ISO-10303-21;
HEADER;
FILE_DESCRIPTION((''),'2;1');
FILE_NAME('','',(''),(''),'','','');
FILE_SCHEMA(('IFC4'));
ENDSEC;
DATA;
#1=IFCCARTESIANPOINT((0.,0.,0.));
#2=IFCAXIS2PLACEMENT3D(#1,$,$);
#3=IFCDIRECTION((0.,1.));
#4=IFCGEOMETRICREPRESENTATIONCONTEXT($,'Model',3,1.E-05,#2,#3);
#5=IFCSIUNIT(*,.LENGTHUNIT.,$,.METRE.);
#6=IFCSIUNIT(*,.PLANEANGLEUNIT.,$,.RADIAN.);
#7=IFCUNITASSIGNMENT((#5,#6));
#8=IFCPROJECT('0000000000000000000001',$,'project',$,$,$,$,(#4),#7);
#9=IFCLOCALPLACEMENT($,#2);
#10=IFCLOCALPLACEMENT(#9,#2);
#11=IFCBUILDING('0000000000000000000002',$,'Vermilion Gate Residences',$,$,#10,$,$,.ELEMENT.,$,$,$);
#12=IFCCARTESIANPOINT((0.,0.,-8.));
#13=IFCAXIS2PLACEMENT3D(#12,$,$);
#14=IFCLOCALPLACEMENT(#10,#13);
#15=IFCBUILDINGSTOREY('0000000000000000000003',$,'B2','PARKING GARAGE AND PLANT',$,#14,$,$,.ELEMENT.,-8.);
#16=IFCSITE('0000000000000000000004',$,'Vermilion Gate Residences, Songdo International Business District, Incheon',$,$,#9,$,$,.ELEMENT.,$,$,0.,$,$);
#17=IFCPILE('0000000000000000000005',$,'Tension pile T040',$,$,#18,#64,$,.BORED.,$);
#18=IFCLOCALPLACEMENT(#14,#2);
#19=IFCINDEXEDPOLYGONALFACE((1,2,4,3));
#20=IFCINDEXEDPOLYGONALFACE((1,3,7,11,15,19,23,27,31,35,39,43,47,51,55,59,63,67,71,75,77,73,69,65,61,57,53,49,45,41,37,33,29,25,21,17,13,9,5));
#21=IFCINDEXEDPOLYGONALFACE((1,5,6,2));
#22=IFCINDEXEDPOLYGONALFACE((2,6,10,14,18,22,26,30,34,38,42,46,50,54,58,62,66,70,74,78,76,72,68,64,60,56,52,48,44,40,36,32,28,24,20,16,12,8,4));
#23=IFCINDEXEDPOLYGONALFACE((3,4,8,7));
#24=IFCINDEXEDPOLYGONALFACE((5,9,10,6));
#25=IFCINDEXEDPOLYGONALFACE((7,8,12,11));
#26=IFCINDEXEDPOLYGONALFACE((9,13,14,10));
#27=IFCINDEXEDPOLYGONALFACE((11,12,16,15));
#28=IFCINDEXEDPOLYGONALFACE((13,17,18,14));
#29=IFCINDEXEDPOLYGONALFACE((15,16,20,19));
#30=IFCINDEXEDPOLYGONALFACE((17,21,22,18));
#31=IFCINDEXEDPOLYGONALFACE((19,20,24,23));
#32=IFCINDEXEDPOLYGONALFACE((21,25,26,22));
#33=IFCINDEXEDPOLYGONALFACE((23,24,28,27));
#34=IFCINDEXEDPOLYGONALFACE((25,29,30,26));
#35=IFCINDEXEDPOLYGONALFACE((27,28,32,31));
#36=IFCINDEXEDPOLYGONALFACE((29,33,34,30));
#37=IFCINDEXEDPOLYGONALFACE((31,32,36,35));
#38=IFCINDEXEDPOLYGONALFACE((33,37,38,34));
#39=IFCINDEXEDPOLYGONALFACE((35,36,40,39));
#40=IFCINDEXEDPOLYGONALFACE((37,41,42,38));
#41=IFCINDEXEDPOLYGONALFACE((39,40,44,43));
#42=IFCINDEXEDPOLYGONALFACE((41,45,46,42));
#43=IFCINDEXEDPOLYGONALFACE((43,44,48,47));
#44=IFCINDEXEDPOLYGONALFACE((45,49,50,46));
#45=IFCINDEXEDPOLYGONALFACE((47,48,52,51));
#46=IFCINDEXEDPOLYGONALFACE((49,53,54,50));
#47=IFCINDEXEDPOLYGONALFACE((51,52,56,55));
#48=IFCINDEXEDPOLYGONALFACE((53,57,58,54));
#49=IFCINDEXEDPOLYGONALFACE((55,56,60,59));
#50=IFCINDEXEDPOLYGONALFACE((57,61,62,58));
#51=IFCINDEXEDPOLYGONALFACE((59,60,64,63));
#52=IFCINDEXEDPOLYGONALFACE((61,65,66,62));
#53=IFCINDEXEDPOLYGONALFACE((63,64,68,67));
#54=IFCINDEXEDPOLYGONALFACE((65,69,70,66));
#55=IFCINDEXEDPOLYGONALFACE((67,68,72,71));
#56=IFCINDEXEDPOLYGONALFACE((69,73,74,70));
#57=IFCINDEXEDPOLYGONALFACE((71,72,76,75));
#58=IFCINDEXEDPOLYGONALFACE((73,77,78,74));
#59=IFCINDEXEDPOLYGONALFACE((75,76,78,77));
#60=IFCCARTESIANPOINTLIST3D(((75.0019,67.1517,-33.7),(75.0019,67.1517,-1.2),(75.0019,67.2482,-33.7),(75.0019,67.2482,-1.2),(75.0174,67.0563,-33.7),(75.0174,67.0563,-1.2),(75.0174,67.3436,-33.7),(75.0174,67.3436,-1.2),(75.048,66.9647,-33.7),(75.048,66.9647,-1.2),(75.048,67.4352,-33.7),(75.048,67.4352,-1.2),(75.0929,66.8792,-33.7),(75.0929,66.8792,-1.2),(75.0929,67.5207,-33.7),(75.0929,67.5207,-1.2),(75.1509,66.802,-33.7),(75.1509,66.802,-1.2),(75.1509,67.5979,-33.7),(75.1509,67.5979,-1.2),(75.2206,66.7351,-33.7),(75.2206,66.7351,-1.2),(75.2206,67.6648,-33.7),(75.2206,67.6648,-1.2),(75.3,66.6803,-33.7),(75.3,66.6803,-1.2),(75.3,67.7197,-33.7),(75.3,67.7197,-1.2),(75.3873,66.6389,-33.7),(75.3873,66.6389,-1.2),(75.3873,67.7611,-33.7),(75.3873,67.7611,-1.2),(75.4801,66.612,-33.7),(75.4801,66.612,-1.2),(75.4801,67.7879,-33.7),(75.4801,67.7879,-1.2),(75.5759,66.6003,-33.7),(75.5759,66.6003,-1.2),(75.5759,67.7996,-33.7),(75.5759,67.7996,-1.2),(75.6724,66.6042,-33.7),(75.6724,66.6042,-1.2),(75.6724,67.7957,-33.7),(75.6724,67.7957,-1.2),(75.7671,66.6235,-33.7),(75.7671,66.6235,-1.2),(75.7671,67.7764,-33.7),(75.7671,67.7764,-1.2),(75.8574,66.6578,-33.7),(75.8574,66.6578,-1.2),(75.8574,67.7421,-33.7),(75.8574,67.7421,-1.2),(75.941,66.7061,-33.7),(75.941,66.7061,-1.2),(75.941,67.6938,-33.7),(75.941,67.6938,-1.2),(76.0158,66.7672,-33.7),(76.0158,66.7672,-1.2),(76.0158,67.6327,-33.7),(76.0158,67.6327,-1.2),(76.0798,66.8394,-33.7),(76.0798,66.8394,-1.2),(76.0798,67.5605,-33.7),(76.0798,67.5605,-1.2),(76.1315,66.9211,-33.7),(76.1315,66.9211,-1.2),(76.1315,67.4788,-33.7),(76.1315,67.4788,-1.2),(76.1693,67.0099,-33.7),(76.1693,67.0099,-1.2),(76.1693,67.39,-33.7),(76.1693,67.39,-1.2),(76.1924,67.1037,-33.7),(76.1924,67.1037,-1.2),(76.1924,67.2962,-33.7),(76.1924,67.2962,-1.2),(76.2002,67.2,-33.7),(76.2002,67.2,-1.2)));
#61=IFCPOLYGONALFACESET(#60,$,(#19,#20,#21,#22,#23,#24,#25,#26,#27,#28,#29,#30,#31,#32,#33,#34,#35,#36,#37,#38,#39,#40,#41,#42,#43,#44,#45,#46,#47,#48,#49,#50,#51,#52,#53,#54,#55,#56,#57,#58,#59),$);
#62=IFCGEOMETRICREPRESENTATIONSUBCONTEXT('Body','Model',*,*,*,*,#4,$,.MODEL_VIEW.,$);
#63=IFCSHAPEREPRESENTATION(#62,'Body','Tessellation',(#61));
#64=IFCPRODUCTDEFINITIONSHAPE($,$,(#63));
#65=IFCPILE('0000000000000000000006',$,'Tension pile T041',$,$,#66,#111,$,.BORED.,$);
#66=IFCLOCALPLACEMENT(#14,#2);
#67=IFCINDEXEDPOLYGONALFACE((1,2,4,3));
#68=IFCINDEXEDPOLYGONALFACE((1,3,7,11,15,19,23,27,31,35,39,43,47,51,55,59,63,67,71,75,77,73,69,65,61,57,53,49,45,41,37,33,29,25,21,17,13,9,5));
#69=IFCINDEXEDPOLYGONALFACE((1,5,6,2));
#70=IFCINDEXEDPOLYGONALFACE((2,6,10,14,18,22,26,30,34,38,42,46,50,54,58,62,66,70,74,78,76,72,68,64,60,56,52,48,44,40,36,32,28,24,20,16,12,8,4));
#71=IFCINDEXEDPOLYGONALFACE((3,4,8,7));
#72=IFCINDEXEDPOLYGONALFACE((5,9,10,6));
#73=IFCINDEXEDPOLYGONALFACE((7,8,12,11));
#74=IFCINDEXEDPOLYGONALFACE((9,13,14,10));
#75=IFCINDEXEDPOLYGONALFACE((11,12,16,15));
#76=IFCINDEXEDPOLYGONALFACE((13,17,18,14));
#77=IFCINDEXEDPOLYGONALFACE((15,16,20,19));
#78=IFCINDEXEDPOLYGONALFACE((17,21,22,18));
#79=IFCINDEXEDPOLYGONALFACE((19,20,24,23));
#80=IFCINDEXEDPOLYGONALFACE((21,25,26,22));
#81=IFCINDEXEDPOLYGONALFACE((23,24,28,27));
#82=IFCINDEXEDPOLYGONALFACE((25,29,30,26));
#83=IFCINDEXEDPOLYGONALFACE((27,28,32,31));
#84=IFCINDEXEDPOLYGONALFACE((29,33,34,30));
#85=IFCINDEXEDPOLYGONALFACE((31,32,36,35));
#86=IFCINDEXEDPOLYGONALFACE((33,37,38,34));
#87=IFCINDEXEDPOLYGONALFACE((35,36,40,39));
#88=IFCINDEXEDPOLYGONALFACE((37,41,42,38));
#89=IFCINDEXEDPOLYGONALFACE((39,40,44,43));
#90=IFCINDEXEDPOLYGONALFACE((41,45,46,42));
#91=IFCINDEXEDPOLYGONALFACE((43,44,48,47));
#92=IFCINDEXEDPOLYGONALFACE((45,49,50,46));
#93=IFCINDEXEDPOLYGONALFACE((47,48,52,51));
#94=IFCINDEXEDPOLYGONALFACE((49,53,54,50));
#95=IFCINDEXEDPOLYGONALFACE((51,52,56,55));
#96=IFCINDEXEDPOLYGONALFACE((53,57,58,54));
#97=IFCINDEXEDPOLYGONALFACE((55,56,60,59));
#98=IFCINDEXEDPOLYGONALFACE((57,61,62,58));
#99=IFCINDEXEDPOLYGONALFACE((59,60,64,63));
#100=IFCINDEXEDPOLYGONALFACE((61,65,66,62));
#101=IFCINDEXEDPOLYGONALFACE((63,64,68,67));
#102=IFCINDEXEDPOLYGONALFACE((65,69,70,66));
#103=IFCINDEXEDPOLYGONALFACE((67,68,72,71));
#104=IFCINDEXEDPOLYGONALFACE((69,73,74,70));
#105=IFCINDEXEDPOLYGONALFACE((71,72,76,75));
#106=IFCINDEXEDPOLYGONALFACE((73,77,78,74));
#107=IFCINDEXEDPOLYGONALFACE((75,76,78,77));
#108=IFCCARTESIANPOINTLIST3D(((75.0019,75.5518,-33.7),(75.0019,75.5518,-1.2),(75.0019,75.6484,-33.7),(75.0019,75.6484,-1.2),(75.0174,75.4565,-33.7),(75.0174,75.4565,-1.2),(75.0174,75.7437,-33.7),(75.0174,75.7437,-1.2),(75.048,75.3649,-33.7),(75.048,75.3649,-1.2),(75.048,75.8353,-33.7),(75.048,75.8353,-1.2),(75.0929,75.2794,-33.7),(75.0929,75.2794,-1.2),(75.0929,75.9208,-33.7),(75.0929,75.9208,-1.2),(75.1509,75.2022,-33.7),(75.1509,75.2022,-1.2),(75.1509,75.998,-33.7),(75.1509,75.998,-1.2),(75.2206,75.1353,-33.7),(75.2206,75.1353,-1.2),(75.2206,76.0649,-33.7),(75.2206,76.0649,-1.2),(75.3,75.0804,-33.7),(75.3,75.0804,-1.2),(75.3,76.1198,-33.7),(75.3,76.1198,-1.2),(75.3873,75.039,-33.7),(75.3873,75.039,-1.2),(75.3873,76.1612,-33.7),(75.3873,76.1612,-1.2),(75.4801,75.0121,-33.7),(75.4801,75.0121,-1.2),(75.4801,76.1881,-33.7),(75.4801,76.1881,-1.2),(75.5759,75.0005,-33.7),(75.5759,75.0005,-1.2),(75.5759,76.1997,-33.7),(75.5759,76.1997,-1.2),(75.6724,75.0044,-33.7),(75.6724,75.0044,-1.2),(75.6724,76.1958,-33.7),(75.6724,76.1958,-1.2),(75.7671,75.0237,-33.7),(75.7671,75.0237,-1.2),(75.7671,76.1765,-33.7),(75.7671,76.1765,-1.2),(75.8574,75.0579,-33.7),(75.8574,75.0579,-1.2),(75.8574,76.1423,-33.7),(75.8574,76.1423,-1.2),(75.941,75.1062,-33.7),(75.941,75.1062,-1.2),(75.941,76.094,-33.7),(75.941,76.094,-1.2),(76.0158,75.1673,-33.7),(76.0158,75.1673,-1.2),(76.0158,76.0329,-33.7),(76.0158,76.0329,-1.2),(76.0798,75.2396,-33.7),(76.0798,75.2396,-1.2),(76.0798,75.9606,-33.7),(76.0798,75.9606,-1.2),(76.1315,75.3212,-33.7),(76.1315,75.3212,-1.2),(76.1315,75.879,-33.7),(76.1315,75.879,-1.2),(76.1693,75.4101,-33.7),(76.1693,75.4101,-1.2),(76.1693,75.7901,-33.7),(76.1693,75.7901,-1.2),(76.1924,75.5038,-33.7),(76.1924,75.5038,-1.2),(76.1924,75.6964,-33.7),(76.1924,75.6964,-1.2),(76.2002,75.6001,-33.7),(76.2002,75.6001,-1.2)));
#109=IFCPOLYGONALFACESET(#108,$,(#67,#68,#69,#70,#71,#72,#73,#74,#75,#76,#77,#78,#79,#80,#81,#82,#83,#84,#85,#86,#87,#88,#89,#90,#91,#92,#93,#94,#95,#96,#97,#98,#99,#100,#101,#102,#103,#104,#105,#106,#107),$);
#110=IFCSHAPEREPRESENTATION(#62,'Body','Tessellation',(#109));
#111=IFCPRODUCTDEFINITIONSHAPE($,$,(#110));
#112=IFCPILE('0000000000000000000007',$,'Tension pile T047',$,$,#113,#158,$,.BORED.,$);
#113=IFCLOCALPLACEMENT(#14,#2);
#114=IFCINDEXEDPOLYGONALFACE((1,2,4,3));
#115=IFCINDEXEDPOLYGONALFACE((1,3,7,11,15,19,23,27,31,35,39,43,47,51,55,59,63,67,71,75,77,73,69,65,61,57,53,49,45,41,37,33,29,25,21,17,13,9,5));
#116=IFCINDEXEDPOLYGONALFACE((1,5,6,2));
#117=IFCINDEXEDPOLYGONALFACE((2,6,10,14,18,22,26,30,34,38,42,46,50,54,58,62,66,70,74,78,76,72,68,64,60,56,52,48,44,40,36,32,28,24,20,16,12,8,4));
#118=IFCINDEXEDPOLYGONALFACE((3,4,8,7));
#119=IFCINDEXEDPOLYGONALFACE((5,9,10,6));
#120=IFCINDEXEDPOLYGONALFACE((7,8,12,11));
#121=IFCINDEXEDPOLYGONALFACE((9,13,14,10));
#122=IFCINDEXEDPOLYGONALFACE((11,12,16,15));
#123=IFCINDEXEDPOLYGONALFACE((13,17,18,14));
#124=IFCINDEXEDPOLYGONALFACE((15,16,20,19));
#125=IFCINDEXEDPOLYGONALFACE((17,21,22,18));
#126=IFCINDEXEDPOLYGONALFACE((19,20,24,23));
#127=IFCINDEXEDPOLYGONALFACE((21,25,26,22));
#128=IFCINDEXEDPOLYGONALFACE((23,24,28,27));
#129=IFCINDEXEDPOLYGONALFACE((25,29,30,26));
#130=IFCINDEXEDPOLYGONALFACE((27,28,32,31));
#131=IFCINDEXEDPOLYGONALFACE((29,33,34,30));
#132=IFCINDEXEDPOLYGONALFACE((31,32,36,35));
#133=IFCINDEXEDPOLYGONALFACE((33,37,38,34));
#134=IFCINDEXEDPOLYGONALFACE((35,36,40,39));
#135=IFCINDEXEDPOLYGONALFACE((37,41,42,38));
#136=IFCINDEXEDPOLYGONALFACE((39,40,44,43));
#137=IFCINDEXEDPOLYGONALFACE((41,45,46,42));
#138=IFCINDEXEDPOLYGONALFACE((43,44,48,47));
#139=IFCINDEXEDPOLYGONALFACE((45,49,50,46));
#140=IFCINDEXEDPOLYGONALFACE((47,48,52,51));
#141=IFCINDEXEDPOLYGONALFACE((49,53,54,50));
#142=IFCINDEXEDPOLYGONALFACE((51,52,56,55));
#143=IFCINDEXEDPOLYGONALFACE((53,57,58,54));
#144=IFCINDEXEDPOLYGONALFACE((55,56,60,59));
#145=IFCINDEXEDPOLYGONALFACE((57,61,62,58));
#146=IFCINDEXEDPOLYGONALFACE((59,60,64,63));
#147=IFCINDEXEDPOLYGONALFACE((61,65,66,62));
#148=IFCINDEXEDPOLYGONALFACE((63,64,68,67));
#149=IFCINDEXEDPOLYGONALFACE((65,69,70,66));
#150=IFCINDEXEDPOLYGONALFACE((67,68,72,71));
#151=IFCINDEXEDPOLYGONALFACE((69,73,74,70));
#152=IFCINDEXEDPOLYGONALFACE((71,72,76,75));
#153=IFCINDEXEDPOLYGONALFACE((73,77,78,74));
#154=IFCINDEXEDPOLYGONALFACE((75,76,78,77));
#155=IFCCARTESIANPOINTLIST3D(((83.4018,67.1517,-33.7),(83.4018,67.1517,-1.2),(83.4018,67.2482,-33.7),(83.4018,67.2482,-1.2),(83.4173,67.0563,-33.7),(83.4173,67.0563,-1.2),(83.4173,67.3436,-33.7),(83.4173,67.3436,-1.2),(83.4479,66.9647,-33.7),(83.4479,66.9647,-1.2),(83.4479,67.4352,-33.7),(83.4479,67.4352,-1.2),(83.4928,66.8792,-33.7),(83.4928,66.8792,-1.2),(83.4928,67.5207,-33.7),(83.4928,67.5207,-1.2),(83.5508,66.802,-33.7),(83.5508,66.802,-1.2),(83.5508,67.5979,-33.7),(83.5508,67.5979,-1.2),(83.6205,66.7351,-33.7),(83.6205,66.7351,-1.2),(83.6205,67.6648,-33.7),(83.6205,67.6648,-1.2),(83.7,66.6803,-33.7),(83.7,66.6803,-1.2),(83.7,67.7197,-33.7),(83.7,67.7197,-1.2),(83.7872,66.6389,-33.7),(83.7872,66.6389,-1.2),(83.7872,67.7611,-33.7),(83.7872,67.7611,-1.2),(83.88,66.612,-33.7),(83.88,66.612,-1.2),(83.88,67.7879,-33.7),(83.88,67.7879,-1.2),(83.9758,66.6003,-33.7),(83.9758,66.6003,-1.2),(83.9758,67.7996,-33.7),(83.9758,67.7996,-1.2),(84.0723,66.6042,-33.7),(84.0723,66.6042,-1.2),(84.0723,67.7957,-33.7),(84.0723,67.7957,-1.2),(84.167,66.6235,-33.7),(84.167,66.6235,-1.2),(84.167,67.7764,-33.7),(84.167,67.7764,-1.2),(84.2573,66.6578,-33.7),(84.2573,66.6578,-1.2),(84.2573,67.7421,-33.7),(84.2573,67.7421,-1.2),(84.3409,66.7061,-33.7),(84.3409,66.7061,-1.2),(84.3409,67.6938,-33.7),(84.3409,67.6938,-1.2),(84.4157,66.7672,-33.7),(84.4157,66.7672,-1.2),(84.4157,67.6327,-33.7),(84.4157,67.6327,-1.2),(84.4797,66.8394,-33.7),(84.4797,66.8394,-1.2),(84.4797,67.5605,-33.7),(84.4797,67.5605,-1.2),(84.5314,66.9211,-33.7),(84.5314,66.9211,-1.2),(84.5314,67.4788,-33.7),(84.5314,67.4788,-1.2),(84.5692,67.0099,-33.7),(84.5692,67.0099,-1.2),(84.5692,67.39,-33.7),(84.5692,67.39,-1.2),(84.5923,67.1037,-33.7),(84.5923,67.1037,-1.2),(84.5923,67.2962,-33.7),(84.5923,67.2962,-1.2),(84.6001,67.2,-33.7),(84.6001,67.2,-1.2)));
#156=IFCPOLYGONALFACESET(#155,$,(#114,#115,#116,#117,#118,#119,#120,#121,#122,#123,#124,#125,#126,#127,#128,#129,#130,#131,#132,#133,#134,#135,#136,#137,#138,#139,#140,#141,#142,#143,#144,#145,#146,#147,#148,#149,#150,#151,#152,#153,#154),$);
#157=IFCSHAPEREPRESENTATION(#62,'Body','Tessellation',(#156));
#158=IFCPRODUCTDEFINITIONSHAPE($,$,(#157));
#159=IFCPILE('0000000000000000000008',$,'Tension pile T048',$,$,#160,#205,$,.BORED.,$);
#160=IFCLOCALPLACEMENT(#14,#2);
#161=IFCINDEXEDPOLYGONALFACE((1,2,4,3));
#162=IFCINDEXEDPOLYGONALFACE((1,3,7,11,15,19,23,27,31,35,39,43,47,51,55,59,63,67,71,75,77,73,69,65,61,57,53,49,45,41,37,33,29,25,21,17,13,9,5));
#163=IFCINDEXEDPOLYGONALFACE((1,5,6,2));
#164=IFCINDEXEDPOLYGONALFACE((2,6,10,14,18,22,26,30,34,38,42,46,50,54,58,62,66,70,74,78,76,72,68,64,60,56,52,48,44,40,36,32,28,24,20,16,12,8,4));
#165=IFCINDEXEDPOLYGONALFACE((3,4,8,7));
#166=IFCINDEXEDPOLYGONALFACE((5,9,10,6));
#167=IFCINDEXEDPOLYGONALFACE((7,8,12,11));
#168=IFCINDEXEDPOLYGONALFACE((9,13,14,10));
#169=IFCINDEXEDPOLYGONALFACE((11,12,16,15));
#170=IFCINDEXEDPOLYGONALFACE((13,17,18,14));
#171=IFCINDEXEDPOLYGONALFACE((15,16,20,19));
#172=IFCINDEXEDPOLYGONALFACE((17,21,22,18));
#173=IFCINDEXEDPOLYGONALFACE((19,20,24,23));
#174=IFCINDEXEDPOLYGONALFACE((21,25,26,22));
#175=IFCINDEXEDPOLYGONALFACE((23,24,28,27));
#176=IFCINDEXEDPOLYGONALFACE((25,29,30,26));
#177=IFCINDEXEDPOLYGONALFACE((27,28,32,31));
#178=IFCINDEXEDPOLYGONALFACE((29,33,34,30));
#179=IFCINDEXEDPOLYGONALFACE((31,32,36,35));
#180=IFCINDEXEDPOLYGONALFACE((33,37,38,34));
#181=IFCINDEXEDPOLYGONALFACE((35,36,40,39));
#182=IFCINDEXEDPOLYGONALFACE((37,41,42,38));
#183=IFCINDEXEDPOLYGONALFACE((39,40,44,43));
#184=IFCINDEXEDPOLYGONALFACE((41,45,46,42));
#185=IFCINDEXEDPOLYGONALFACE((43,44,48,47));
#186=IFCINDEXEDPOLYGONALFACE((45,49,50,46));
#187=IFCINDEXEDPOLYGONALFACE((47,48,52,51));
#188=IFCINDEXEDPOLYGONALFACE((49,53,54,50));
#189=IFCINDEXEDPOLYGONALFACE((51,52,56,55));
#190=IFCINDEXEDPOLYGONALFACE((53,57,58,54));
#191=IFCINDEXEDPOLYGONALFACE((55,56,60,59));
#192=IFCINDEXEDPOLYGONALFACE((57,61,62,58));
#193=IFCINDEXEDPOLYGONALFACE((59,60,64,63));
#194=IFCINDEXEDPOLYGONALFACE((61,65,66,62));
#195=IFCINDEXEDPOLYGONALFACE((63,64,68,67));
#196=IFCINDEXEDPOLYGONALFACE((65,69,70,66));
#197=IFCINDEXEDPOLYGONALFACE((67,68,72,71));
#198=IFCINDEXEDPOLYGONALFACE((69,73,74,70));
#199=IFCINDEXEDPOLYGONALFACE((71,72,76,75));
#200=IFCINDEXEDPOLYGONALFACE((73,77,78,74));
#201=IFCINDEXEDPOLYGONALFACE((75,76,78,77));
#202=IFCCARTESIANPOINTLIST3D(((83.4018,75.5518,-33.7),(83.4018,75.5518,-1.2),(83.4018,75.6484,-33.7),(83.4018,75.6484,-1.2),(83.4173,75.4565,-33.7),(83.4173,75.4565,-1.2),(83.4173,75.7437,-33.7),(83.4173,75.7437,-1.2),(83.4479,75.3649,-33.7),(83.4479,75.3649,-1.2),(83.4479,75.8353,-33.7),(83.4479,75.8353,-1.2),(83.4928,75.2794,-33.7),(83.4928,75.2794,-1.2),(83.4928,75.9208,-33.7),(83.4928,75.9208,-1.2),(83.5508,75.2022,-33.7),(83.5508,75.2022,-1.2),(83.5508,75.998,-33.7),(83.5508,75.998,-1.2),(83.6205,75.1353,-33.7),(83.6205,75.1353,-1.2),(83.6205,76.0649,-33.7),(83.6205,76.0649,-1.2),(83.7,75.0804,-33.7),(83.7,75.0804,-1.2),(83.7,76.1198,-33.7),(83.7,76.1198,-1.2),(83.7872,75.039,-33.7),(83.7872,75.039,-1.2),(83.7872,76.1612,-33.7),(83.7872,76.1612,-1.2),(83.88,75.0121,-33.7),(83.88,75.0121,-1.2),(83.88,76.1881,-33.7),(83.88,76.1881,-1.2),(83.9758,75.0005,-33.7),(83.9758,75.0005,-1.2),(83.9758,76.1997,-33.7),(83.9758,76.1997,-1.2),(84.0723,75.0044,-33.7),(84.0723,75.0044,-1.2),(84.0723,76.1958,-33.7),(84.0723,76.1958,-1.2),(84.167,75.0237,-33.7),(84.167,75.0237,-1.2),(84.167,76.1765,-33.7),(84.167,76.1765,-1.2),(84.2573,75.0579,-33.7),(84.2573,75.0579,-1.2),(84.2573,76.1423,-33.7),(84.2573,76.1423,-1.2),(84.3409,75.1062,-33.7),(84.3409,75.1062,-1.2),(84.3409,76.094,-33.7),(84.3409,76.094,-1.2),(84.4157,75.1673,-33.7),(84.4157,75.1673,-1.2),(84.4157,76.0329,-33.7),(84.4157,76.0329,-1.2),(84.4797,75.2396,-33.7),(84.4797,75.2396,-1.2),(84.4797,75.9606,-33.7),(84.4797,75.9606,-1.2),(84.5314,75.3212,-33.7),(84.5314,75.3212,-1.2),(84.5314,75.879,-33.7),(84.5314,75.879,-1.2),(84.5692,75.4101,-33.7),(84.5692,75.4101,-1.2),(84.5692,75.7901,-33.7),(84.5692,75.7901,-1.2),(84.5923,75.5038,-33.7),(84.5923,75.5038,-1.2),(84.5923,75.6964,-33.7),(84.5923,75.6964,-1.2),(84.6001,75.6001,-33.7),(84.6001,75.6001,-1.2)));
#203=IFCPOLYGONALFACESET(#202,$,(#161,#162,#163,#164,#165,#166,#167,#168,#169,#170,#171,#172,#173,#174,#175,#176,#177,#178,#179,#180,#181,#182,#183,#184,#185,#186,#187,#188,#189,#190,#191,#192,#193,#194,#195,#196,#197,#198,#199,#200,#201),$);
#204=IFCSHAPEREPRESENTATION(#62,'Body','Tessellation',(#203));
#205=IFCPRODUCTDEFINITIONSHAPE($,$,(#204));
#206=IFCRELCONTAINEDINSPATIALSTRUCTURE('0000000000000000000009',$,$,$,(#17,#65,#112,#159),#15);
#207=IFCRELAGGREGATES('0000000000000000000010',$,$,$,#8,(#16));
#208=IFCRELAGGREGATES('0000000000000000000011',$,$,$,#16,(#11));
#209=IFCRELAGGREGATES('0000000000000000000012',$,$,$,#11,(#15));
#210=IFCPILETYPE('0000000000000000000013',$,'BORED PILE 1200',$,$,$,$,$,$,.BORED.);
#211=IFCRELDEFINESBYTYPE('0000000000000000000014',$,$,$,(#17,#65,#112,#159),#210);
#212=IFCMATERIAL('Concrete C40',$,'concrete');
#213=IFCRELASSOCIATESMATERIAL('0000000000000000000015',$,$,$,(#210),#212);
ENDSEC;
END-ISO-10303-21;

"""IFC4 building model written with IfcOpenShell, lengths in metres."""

from ifc_helpers import new_model, si_unit, direction, frame, origin, origin_2d, place, context, subcontext, project, spatial, circle, extrude, material, material_profile, profile_set, type_object, element, save


model = new_model("IFC4")

# Units and contexts
model_context = context("Model", 3, precision=1e-05, world=origin(), true_north=direction((0.0, 1.0)))
body_context = subcontext(model_context, "Body", "Model", "MODEL_VIEW")
ifc_project = project(units=[si_unit("LENGTHUNIT", "METRE"), si_unit("PLANEANGLEUNIT", "RADIAN")], contexts=[model_context])

# Site, building, storey
site_placement = place(None, origin())
site = spatial("IfcSite", under=ifc_project, at=site_placement, Name="Vermilion Gate Residences, Songdo International Business District, Incheon", CompositionType="ELEMENT", RefElevation=0.0)
building_placement = place(site_placement, origin())
building = spatial("IfcBuilding", under=site, at=building_placement, Name="Vermilion Gate Residences", CompositionType="ELEMENT")
storey_placement = place(building_placement, frame((0.0, 0.0, -8.0)))
storey = spatial("IfcBuildingStorey", under=building, at=storey_placement, Name="B2", Description="PARKING GARAGE AND PLANT", CompositionType="ELEMENT", Elevation=-8.0)

# Piles
ifc_material_1 = material(Name="Concrete C40", Category="concrete")
ifc_material_profile_1 = material_profile(ifc_material_1, circle(Radius=0.6001, at=origin_2d()), Name="BORED PILE 1200")
ifc_profile_set_1 = profile_set([ifc_material_profile_1], Name="Concrete C40")
pile_type = type_object("IfcPileType", Name="BORED PILE 1200", PredefinedType="BORED", material=ifc_profile_set_1)
for number, where, z_axis, x_axis, name in (
    (1, (75.6001, 67.2, -1.2), (0.0, 0.0, -1.0), (1.0, 0.0, 0.0), "Tension pile T040"),
    (2, (75.6001, 75.6001, -1.2), (0.0, 0.0, -1.0), (1.0, 0.0, 0.0), "Tension pile T041"),
    (3, (84.0, 67.2, -1.2), (0.0, 0.0, -1.0), (1.0, 0.0, 0.0), "Tension pile T047"),
    (4, (84.0, 75.6001, -1.2), (0.0, 0.0, -1.0), (1.0, 0.0, 0.0), "Tension pile T048"),
):
    element("IfcPile", number, at=place(storey_placement, frame(where, z_axis=z_axis, x_axis=x_axis)), inside=storey, type_object=pile_type, Name=name, PredefinedType="BORED", context=body_context, shape_type="SweptSolid", body=[
        extrude(circle(Radius=0.6001, at=origin_2d()), origin(), (0.0, 0.0, 1.0), 32.5),
    ])

save(model, "model.ifc")
